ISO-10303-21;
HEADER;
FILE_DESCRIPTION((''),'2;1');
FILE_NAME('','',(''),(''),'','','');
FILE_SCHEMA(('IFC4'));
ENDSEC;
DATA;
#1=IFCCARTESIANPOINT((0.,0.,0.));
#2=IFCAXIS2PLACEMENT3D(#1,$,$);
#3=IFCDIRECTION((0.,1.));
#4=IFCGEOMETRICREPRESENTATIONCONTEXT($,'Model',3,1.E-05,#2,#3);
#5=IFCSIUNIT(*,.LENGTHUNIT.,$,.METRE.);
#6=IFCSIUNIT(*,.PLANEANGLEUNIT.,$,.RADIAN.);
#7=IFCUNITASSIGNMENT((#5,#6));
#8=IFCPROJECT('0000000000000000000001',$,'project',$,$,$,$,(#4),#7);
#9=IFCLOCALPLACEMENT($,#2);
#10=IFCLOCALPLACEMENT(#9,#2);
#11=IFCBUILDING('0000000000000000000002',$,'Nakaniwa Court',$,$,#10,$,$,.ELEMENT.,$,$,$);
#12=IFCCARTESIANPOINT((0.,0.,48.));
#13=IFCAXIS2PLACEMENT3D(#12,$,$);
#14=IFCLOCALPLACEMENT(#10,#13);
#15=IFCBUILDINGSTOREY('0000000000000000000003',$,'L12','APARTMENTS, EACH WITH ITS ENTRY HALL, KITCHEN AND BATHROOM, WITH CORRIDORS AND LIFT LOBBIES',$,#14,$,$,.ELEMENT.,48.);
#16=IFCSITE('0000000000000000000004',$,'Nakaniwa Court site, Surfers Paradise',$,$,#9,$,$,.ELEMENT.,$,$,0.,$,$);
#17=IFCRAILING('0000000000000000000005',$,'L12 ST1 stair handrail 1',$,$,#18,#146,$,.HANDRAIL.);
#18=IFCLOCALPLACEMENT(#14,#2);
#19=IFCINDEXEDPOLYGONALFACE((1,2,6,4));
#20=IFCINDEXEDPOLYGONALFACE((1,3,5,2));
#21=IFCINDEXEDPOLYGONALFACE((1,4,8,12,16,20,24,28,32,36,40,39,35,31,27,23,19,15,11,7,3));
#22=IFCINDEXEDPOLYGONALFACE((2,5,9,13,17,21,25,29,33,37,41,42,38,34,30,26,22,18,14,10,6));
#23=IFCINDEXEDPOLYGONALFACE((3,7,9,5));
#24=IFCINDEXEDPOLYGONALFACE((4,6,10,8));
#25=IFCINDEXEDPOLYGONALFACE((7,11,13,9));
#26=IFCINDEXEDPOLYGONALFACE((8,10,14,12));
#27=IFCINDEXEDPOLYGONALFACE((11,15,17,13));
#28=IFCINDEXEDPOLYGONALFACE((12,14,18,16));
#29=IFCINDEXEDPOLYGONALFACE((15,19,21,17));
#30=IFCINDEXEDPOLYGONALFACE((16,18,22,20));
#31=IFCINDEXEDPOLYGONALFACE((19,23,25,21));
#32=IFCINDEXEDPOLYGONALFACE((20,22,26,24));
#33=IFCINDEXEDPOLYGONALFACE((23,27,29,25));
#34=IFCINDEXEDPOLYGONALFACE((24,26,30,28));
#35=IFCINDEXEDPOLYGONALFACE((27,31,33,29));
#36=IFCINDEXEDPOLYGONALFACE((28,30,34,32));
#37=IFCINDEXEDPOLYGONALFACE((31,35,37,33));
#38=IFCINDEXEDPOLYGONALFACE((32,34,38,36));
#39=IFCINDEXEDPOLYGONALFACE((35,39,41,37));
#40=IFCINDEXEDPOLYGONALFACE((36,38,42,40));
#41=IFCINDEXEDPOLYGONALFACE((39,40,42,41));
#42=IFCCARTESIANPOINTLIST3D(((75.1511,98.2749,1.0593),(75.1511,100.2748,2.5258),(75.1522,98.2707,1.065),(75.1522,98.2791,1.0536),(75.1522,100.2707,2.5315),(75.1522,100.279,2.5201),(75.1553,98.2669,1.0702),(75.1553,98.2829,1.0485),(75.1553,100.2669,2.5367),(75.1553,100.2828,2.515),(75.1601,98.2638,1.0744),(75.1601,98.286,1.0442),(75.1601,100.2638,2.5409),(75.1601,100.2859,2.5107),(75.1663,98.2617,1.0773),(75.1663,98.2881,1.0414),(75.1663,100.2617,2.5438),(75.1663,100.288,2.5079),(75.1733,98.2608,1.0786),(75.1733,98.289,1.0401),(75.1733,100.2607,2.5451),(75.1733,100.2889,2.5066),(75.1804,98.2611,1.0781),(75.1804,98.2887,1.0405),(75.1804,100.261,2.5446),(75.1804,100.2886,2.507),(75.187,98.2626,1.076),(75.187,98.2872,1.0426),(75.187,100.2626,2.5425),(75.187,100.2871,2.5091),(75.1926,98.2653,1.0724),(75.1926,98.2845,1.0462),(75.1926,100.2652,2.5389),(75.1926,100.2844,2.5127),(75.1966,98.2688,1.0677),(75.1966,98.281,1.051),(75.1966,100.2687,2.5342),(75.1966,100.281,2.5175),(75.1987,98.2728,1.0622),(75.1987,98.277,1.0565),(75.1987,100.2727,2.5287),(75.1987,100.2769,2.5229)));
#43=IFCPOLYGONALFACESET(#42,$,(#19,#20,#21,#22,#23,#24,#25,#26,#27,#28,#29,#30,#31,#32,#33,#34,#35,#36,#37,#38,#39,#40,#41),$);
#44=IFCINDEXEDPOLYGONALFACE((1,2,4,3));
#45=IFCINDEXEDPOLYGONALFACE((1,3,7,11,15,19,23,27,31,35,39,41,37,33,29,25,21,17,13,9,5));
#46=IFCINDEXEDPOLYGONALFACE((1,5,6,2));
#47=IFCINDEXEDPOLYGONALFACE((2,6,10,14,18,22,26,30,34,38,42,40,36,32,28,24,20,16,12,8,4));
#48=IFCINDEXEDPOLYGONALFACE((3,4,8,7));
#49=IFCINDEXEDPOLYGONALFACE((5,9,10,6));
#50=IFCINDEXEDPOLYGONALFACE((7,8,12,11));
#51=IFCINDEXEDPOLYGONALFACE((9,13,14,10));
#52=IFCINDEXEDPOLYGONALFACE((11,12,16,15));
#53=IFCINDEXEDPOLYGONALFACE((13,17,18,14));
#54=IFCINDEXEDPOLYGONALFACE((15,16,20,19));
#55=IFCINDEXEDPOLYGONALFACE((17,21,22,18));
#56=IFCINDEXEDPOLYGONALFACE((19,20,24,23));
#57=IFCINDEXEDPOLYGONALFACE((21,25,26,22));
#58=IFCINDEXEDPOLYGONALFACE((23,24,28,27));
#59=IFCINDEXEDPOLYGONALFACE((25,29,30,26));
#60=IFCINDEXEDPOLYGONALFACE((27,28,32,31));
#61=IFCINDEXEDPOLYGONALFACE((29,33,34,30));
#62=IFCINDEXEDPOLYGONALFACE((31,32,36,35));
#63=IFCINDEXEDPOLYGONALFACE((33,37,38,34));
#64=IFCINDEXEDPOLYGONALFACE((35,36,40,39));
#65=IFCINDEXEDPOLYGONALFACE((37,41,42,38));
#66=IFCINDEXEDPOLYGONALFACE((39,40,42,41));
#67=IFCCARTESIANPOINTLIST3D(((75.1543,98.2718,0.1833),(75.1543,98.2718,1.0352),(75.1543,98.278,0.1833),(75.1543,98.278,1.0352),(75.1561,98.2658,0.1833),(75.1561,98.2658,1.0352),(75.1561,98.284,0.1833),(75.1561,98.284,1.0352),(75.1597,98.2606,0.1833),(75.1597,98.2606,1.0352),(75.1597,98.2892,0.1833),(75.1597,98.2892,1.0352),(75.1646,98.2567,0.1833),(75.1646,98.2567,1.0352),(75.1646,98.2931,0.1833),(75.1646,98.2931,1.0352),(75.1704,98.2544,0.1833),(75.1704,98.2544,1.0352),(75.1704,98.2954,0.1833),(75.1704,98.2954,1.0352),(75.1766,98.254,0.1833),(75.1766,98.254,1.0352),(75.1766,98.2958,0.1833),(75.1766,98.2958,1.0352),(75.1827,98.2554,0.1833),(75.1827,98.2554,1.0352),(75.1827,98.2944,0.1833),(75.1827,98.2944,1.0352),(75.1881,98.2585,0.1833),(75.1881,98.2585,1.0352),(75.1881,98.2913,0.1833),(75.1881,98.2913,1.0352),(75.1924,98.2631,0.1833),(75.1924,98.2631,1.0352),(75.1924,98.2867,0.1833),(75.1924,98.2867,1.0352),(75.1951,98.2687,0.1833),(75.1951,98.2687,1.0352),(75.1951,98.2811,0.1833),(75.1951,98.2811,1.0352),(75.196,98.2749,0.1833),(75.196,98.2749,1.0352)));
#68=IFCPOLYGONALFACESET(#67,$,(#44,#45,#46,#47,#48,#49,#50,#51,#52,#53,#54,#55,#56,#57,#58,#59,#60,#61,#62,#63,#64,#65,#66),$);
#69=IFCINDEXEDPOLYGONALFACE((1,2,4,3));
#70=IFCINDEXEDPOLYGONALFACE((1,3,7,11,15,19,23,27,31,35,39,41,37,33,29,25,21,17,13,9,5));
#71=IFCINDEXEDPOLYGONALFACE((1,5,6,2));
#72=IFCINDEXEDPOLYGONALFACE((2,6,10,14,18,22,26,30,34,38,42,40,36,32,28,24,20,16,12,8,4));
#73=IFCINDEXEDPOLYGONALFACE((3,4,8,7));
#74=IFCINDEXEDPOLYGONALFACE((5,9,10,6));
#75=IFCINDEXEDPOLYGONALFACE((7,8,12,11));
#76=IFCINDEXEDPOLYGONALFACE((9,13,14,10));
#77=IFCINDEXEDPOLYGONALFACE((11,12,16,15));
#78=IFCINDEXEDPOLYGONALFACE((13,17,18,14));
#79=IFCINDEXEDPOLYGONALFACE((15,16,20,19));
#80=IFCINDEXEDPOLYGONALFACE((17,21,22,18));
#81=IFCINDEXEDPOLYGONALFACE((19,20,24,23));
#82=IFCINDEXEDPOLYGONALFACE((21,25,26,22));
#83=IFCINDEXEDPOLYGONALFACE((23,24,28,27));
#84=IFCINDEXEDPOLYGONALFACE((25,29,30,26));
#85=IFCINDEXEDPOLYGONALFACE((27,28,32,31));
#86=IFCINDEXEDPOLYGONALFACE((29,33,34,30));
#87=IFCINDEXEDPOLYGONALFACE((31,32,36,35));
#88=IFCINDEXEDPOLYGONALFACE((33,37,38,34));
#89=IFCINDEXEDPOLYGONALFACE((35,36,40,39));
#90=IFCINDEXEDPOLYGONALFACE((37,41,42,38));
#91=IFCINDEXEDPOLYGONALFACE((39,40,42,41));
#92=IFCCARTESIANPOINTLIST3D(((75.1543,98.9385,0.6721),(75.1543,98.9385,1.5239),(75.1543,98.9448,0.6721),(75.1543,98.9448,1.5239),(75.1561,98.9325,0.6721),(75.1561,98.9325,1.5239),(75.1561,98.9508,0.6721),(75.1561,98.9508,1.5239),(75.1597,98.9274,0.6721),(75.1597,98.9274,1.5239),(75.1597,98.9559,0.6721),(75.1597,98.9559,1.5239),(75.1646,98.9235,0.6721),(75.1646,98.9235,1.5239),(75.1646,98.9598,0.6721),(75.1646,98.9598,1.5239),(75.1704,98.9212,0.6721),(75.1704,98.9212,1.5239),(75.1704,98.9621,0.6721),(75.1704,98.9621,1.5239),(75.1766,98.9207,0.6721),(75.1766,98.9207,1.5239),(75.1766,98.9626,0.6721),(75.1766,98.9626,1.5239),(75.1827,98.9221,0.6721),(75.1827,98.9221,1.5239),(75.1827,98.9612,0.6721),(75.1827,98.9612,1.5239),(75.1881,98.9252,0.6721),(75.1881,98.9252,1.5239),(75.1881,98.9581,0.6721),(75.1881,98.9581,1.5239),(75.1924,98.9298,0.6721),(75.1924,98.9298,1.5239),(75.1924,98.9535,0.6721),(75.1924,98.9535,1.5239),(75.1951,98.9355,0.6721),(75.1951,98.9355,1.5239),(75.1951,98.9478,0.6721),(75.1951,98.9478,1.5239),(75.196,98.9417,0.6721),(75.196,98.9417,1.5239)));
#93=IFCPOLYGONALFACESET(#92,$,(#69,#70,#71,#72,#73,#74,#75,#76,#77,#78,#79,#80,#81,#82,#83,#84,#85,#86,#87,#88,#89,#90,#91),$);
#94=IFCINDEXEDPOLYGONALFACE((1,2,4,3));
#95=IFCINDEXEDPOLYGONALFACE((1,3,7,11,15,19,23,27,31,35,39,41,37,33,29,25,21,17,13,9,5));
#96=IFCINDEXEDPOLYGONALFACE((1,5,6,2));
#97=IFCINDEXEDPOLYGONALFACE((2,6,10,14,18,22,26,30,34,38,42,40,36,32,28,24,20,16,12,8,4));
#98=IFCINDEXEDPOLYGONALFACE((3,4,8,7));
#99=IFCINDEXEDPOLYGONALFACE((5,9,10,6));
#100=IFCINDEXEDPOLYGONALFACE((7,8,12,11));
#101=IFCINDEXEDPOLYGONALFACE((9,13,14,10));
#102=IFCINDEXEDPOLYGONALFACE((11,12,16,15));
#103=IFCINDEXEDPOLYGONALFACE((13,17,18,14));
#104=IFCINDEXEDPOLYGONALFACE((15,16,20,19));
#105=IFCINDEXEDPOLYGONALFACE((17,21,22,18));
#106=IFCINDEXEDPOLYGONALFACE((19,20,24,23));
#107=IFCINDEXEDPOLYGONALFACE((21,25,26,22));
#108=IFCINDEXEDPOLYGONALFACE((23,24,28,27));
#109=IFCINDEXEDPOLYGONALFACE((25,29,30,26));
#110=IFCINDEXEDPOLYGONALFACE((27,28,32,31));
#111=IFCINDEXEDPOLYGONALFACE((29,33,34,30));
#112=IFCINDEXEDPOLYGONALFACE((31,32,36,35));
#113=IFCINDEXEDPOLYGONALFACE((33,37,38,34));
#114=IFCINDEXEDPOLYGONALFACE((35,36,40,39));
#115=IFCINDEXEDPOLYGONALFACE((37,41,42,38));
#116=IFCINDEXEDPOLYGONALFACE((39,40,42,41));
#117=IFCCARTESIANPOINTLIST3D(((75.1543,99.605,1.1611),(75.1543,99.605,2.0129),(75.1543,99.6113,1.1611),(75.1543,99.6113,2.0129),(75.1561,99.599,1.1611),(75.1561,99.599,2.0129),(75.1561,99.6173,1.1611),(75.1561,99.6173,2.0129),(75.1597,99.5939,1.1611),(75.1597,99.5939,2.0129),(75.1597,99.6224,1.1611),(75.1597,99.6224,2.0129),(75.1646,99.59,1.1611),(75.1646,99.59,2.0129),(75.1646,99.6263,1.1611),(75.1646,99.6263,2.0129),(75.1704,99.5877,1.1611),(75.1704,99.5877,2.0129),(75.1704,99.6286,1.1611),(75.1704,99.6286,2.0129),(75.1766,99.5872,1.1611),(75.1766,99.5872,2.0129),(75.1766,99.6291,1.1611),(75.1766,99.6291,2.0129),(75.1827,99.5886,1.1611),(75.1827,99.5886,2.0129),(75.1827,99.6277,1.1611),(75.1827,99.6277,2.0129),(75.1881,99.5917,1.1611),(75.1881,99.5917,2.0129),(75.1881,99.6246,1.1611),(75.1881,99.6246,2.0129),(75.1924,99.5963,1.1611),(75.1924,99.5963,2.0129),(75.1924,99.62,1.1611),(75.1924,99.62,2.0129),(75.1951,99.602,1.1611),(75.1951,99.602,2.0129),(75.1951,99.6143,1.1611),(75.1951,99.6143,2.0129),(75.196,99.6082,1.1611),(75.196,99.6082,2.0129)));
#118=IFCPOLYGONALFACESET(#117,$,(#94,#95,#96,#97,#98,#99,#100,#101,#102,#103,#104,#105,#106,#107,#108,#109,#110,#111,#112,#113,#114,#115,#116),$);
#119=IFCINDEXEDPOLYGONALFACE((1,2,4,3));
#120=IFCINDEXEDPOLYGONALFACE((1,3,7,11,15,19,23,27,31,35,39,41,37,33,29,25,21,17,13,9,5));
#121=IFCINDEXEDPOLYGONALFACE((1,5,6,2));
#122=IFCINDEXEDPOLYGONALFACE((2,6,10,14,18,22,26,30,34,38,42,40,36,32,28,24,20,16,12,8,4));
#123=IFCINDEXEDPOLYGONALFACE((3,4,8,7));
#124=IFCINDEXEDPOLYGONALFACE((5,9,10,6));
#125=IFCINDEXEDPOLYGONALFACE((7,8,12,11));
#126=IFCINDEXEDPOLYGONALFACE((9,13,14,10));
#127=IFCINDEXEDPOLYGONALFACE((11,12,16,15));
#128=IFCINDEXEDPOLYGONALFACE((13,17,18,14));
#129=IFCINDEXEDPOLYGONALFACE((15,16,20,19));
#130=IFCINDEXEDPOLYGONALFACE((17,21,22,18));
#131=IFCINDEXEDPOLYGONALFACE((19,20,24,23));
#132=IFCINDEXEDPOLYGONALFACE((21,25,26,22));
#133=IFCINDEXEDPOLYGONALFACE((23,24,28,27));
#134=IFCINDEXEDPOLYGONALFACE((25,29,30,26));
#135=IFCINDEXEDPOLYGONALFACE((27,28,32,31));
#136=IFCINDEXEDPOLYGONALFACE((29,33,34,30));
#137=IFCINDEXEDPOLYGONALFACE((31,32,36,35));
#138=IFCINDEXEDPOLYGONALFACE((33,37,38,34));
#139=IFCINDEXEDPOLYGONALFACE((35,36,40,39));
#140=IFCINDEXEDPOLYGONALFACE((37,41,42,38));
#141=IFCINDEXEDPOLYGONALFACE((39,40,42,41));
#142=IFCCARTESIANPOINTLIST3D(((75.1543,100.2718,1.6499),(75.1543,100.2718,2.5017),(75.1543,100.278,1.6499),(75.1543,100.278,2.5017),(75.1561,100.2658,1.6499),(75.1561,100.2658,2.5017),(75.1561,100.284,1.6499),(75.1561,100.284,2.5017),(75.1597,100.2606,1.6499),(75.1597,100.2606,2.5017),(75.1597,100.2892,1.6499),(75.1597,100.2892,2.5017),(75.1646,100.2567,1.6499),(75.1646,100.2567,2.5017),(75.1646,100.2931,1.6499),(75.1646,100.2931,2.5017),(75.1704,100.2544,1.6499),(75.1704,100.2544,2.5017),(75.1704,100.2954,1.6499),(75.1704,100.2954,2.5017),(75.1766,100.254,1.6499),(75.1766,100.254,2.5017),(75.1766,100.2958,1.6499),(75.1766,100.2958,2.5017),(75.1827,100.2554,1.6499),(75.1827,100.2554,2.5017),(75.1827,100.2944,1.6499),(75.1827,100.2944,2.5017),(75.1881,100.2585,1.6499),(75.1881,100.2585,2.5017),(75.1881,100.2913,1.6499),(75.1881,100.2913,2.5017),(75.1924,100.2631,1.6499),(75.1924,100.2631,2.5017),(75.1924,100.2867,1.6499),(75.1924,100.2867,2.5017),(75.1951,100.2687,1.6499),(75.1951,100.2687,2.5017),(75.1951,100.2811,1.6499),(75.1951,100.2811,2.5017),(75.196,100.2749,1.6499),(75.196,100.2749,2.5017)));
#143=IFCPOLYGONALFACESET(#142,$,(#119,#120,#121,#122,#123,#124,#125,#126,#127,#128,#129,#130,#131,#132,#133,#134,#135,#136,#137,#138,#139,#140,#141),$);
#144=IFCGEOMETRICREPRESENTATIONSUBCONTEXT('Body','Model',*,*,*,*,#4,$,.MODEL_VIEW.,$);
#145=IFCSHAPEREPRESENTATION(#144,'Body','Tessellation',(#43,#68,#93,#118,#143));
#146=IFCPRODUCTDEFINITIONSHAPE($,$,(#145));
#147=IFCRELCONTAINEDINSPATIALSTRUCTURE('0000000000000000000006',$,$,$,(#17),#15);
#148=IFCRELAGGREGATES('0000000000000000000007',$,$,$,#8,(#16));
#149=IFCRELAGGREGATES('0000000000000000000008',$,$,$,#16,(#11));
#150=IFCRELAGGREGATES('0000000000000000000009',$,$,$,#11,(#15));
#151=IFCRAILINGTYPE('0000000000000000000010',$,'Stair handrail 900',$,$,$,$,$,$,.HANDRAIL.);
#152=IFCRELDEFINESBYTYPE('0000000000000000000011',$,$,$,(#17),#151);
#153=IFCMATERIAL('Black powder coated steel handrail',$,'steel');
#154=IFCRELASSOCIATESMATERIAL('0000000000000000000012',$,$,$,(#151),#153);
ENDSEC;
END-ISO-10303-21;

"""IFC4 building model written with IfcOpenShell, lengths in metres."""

from ifc_helpers import new_model, si_unit, direction, frame, origin, origin_2d, place, context, subcontext, project, spatial, circle, extrude, material, type_object, element, save


model = new_model("IFC4")

# Units and contexts
model_context = context("Model", 3, precision=1e-05, world=origin(), true_north=direction((0.0, 1.0)))
body_context = subcontext(model_context, "Body", "Model", "MODEL_VIEW")
ifc_project = project(units=[si_unit("LENGTHUNIT", "METRE"), si_unit("PLANEANGLEUNIT", "RADIAN")], contexts=[model_context])

# Site, building, storey
site_placement = place(None, origin())
site = spatial("IfcSite", under=ifc_project, at=site_placement, Name="Nakaniwa Court site, Surfers Paradise", CompositionType="ELEMENT", RefElevation=0.0)
building_placement = place(site_placement, origin())
building = spatial("IfcBuilding", under=site, at=building_placement, Name="Nakaniwa Court", CompositionType="ELEMENT")
storey_placement = place(building_placement, frame((0.0, 0.0, 48.0)))
storey = spatial("IfcBuildingStorey", under=building, at=storey_placement, Name="L12", Description="APARTMENTS, EACH WITH ITS ENTRY HALL, KITCHEN AND BATHROOM, WITH CORRIDORS AND LIFT LOBBIES", CompositionType="ELEMENT", Elevation=48.0)

# Railing
ifc_material_1 = material(Name="Black powder coated steel handrail", Category="steel")
railing_type_1 = type_object("IfcRailingType", Name="Stair handrail 900", PredefinedType="HANDRAIL", material=ifc_material_1)
railing_1_placement = place(storey_placement, frame((75.175, 98.2749, 0.1833)))
element("IfcRailing", 1, at=railing_1_placement, inside=storey, type_object=railing_type_1, Name="L12 ST1 stair handrail 1", PredefinedType="HANDRAIL", context=body_context, shape_type="SweptSolid", body=[
    extrude(circle(Radius=0.0239, at=origin_2d()), frame((0.0, 0.0, 0.876), z_axis=(0.0, 0.806427, 0.591334), x_axis=(-1.0, 0.0, 0.0)), (0.0, 0.0, 1.0), 2.48),
    extrude(circle(Radius=0.021, at=origin_2d()), origin(), (0.0, 0.0, 1.0), 0.8518),
    extrude(circle(Radius=0.021, at=origin_2d()), frame((0.0, 0.6667, 0.4888)), (0.0, 0.0, 1.0), 0.8518),
    extrude(circle(Radius=0.021, at=origin_2d()), frame((0.0, 1.3333, 0.9778)), (0.0, 0.0, 1.0), 0.8518),
    extrude(circle(Radius=0.021, at=origin_2d()), frame((0.0, 2.0, 1.4666)), (0.0, 0.0, 1.0), 0.8518),
])

save(model, "model.ifc")
